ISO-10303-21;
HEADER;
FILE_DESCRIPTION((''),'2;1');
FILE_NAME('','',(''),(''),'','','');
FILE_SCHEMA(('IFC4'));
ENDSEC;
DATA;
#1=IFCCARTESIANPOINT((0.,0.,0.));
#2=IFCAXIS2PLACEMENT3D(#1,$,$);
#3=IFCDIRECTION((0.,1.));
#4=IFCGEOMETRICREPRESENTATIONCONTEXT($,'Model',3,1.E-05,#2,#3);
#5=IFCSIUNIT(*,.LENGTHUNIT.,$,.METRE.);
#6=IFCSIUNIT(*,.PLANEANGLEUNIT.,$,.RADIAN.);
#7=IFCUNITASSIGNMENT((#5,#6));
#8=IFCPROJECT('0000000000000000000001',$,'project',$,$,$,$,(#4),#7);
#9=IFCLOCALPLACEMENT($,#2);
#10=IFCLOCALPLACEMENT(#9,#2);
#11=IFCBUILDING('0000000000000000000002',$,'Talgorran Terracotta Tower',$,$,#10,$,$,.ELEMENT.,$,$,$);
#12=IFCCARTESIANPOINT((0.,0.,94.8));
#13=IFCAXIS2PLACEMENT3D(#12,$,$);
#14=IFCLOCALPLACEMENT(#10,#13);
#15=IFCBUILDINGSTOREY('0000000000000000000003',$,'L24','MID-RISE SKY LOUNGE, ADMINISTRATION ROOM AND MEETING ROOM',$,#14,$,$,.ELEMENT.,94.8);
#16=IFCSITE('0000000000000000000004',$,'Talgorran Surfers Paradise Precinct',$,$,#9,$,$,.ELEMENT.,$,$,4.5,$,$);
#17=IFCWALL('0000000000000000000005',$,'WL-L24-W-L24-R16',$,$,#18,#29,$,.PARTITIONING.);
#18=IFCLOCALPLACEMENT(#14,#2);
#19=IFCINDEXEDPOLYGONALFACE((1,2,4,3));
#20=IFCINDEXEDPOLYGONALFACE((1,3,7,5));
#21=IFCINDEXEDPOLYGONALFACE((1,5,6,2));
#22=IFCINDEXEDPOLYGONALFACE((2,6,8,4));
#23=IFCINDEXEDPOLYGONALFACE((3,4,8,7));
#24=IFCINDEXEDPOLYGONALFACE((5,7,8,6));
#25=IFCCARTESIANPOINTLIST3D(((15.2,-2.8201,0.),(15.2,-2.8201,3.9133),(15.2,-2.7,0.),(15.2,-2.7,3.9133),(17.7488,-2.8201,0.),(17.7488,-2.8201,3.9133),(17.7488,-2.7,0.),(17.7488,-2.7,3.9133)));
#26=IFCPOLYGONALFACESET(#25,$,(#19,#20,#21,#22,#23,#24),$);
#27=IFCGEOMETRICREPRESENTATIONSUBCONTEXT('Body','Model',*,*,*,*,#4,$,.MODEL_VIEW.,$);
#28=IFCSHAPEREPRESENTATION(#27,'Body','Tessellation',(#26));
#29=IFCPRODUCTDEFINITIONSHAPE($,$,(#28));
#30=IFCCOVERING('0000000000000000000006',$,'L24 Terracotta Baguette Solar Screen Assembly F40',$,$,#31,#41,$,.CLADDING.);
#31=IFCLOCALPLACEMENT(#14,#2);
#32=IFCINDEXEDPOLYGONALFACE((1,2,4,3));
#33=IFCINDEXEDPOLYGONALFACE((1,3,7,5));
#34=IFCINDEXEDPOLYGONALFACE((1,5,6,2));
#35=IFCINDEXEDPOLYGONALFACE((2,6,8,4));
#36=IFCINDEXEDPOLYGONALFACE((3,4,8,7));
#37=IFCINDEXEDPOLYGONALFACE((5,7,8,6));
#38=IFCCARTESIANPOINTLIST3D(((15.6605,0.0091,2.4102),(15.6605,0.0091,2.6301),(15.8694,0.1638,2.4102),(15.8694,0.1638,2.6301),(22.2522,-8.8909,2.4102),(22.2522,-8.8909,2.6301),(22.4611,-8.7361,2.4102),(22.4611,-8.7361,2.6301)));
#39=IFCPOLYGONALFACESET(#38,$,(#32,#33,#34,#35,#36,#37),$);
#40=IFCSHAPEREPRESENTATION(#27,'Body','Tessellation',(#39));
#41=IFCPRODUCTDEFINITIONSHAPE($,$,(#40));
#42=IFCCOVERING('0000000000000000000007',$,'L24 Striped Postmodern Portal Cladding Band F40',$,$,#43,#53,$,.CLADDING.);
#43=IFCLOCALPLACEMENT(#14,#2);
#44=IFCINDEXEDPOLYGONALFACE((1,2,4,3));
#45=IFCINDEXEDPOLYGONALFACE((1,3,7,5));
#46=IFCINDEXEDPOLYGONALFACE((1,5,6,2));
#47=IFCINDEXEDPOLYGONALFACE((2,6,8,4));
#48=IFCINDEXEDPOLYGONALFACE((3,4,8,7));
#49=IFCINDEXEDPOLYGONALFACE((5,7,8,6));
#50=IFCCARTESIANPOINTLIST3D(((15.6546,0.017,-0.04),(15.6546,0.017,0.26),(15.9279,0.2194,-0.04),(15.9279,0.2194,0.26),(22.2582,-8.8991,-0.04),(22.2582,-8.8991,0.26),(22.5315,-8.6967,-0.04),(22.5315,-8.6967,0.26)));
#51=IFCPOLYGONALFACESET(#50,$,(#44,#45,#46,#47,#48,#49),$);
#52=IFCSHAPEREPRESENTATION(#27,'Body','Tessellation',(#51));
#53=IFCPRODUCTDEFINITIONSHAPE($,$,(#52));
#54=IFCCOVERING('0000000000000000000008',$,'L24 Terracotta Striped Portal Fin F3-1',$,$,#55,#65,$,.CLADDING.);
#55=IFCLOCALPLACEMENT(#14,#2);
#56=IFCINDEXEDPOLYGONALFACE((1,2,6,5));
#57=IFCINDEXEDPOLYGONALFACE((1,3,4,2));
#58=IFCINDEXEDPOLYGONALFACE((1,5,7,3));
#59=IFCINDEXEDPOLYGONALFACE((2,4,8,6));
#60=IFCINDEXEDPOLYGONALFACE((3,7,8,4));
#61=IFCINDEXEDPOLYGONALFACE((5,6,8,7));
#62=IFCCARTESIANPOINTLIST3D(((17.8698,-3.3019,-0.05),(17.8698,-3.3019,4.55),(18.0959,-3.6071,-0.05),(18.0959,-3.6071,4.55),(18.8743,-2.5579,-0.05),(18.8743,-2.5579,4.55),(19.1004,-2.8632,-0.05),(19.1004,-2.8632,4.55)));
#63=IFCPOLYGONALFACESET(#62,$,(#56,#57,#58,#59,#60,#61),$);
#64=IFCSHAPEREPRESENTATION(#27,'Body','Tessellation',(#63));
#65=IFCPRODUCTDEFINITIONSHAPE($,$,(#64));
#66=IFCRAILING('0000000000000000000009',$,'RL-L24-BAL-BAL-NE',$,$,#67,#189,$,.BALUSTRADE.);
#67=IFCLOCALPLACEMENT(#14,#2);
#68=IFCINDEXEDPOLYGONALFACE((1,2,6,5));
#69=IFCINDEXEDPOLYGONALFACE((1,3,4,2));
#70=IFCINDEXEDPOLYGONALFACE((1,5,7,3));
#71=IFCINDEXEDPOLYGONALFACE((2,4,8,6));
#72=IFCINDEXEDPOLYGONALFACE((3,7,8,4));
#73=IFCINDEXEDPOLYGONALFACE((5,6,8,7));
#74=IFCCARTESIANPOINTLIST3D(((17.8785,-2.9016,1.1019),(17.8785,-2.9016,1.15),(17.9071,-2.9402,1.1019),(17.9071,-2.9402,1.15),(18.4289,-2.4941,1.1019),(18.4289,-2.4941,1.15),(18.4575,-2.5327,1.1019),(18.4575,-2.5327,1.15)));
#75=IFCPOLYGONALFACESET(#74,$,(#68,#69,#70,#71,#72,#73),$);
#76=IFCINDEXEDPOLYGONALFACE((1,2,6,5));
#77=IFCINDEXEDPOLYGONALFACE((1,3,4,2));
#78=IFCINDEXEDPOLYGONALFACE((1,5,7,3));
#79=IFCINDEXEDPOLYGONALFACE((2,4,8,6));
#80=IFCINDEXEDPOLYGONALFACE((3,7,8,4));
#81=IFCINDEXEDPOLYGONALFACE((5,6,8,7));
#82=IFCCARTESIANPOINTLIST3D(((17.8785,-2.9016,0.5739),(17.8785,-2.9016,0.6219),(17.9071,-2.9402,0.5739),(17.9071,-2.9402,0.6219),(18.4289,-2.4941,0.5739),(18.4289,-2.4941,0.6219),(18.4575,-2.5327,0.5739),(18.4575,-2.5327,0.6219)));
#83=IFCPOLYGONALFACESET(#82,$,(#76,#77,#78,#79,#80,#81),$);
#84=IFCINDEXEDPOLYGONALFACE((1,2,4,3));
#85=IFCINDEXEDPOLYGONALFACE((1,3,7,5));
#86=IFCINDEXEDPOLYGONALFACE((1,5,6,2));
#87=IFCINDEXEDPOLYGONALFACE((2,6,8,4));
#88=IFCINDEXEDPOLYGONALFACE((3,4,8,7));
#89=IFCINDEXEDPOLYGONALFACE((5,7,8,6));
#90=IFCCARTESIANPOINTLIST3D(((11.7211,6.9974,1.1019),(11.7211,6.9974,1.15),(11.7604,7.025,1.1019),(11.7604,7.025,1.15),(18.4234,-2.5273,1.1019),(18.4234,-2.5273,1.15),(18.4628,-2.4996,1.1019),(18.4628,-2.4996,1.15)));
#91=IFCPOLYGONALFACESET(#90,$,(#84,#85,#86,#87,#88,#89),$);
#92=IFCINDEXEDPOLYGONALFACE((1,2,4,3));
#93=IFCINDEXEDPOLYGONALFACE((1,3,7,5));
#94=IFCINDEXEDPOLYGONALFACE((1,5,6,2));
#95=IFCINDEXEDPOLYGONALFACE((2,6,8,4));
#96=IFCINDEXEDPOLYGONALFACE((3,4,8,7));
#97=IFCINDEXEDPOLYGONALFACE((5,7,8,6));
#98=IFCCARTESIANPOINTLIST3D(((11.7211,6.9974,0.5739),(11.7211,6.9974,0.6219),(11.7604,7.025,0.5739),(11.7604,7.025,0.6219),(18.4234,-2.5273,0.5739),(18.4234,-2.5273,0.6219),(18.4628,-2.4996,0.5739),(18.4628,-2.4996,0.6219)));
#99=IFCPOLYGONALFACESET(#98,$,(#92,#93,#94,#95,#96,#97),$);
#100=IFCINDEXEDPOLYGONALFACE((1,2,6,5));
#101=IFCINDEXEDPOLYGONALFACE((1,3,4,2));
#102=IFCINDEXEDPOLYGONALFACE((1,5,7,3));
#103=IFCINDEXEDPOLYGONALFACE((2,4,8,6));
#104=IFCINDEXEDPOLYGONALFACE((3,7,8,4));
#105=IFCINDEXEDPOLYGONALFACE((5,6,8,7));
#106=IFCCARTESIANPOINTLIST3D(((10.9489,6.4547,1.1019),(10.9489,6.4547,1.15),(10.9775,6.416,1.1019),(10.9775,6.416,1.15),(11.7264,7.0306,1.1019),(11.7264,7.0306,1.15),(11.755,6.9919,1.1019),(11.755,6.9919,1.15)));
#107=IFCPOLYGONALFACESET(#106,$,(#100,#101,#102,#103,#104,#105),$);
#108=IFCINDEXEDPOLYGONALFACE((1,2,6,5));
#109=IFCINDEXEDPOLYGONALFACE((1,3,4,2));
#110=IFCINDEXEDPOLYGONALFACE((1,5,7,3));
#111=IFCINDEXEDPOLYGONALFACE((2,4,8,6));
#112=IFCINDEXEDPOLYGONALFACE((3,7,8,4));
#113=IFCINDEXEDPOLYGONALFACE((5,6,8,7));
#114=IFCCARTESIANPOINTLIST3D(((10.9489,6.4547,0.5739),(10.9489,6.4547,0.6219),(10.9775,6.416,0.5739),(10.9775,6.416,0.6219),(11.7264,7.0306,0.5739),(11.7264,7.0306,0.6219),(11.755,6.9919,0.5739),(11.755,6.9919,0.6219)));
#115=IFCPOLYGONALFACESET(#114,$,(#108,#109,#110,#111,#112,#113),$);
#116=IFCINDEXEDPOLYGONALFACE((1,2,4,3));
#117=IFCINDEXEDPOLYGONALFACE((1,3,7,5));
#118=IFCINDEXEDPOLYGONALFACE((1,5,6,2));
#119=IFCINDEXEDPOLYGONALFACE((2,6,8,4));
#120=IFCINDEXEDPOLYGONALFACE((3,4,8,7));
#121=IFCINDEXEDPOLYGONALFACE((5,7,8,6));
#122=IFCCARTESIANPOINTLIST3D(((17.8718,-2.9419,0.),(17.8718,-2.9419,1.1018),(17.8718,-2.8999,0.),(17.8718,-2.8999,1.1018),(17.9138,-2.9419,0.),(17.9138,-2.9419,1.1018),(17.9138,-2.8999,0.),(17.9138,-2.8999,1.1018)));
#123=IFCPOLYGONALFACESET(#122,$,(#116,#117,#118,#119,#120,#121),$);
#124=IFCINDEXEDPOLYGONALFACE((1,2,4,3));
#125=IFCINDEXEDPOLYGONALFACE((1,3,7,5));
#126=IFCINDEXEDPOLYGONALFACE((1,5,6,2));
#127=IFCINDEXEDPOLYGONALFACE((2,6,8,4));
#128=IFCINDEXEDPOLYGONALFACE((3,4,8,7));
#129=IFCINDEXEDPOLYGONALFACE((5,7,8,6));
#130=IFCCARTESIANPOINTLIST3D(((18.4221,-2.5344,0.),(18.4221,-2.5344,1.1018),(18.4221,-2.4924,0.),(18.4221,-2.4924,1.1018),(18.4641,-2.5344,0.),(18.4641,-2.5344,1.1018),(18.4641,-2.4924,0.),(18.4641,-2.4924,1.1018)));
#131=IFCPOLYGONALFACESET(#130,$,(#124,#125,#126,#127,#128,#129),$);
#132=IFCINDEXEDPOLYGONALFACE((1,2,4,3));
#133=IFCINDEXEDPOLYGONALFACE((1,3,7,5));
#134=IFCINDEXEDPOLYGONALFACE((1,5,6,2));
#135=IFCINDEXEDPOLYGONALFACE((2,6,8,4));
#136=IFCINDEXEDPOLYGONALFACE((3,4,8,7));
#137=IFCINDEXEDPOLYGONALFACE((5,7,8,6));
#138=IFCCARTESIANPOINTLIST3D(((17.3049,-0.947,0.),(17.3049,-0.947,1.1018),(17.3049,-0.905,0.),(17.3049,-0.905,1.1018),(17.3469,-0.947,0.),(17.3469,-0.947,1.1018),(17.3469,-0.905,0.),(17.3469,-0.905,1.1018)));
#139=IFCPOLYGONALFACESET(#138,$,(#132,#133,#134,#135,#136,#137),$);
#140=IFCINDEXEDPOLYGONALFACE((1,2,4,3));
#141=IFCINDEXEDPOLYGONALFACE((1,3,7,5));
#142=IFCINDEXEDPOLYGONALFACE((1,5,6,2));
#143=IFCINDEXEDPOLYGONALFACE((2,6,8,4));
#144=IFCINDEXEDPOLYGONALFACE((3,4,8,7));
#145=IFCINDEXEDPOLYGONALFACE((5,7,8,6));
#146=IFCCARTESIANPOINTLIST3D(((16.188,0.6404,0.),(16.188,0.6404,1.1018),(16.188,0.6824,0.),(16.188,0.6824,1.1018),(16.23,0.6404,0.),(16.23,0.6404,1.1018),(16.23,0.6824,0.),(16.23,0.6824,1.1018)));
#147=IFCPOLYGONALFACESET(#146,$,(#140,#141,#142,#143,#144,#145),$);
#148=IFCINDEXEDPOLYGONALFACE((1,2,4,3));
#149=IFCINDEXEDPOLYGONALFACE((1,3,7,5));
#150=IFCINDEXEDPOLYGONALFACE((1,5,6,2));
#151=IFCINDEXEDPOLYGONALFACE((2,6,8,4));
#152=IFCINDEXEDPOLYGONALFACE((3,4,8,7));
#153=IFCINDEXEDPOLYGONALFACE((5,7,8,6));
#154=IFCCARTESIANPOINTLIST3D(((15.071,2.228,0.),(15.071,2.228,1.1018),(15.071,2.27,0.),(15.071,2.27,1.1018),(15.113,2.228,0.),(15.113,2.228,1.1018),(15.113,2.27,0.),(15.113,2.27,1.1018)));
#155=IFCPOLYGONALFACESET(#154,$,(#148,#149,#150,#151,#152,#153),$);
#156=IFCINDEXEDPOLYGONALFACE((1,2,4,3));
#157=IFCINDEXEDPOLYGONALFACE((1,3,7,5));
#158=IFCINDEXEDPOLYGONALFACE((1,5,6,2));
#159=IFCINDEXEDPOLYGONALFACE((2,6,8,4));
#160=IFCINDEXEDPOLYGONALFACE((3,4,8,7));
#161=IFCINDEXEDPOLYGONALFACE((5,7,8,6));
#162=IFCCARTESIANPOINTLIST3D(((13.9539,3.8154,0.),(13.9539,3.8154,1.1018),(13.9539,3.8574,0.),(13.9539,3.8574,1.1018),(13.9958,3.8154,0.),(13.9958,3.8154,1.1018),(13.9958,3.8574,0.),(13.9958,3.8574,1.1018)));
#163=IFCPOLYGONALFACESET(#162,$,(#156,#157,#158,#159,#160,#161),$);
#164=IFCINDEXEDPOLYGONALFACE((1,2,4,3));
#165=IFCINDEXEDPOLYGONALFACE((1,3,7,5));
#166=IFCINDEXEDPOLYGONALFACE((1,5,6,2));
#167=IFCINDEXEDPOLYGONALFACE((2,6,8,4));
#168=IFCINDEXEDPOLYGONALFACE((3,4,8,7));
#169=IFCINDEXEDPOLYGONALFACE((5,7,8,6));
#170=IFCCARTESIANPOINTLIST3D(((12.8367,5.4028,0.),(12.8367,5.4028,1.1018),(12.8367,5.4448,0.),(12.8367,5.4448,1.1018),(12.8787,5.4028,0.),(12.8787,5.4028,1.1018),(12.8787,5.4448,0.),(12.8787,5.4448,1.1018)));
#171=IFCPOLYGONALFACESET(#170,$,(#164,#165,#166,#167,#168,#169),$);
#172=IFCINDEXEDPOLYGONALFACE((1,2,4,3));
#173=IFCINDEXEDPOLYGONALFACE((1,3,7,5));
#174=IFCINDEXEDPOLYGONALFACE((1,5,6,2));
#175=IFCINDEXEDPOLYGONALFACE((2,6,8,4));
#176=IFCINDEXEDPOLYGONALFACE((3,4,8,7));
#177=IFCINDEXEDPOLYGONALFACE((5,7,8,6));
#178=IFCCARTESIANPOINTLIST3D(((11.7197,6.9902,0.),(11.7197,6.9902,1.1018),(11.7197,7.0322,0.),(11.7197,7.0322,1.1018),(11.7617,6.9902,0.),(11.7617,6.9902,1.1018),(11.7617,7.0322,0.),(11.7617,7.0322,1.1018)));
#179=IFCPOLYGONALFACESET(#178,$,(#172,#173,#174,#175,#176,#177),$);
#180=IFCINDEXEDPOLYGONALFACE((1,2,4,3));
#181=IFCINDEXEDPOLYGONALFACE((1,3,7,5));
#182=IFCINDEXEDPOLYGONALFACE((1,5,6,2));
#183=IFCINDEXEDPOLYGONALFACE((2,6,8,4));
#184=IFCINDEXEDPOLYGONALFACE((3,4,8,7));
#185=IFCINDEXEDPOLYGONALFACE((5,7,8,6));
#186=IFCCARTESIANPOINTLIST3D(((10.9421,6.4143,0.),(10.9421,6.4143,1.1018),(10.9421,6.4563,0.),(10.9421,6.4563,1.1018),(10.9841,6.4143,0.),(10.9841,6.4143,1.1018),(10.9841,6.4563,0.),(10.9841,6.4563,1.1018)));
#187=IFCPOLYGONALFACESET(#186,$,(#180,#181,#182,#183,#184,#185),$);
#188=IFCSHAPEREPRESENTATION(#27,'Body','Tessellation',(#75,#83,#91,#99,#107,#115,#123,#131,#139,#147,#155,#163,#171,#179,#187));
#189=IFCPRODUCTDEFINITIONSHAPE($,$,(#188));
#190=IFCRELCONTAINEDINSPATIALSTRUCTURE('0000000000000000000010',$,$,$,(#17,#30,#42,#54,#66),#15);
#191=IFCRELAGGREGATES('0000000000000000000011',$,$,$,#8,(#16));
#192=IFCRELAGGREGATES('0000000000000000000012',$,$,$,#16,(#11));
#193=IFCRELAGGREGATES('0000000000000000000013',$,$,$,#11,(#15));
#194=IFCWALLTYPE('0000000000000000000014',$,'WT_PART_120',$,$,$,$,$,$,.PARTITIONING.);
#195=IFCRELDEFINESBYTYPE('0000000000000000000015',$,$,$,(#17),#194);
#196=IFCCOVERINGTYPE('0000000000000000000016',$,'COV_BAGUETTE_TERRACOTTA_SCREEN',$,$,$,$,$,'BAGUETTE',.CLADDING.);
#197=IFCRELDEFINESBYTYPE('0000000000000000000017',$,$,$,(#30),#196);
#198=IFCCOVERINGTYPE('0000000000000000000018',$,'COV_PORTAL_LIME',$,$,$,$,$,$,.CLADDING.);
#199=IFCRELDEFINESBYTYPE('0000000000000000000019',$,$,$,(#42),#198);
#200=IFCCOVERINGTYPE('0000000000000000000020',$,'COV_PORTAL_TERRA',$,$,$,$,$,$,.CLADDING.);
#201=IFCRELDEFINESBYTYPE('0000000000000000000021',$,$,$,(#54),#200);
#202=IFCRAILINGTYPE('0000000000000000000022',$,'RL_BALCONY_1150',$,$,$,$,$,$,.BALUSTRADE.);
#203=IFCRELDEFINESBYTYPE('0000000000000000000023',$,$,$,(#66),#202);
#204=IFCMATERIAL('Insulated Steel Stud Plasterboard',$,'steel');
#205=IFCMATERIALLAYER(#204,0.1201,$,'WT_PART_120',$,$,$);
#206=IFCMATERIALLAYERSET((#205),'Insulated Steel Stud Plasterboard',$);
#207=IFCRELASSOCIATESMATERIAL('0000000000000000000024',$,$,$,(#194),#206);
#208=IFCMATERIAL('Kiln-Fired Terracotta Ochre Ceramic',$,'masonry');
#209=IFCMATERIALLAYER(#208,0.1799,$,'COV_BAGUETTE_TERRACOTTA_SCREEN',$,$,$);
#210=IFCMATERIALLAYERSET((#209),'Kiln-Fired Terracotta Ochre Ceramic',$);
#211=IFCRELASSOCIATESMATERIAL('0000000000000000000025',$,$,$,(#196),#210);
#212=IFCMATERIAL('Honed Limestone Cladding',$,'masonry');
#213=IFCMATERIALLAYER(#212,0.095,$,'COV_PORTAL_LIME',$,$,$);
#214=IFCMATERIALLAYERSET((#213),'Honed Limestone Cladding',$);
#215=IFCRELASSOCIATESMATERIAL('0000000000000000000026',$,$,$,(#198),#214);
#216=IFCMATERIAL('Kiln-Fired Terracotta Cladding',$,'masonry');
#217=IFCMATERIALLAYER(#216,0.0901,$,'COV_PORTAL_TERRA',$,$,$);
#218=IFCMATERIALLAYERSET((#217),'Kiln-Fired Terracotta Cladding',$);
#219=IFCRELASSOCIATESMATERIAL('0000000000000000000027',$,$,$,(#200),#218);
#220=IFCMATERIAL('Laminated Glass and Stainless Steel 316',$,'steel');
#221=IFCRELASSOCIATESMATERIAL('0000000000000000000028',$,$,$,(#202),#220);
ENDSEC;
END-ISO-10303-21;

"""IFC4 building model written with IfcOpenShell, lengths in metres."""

from ifc_helpers import new_model, si_unit, direction, frame, frame_2d, origin, origin_2d, place, context, subcontext, project, spatial, rectangle, extrude, material, layer, layer_set, type_object, element, save


model = new_model("IFC4")

# Units and contexts
model_context = context("Model", 3, precision=1e-05, world=origin(), true_north=direction((0.0, 1.0)))
body_context = subcontext(model_context, "Body", "Model", "MODEL_VIEW")
ifc_project = project(units=[si_unit("LENGTHUNIT", "METRE"), si_unit("PLANEANGLEUNIT", "RADIAN")], contexts=[model_context])

# Site, building, storey
site_placement = place(None, origin())
site = spatial("IfcSite", under=ifc_project, at=site_placement, Name="Talgorran Surfers Paradise Precinct", CompositionType="ELEMENT", RefElevation=4.5)
building_placement = place(site_placement, origin())
building = spatial("IfcBuilding", under=site, at=building_placement, Name="Talgorran Terracotta Tower", CompositionType="ELEMENT")
storey_placement = place(building_placement, frame((0.0, 0.0, 94.8)))
storey = spatial("IfcBuildingStorey", under=building, at=storey_placement, Name="L24", Description="MID-RISE SKY LOUNGE, ADMINISTRATION ROOM AND MEETING ROOM", CompositionType="ELEMENT", Elevation=94.8)

# Wall
ifc_material_1 = material(Name="Insulated Steel Stud Plasterboard", Category="steel")
ifc_layer_1 = layer(ifc_material_1, 0.1201, Name="WT_PART_120")
ifc_layer_set_1 = layer_set([ifc_layer_1], Name="Insulated Steel Stud Plasterboard")
wall_type_1 = type_object("IfcWallType", Name="WT_PART_120", PredefinedType="PARTITIONING", material=ifc_layer_set_1)
wall_1_placement = place(storey_placement, frame((15.2, -2.76, 0.0), z_axis=(0.0, 0.0, 1.0), x_axis=(1.0, 0.0, 0.0)))
element("IfcWall", 1, at=wall_1_placement, inside=storey, type_object=wall_type_1, Name="WL-L24-W-L24-R16", PredefinedType="PARTITIONING", context=body_context, shape_type="SweptSolid", body=[
    extrude(rectangle(XDim=2.5488, YDim=0.1201, at=frame_2d((1.2744, 0.0))), origin(), (0.0, 0.0, 1.0), 3.9133),
])

# Coverings
ifc_material_2 = material(Name="Kiln-Fired Terracotta Ochre Ceramic", Category="masonry")
ifc_layer_2 = layer(ifc_material_2, 0.1799, Name="COV_BAGUETTE_TERRACOTTA_SCREEN")
ifc_layer_set_2 = layer_set([ifc_layer_2], Name="Kiln-Fired Terracotta Ochre Ceramic")
covering_type_1 = type_object("IfcCoveringType", Name="COV_BAGUETTE_TERRACOTTA_SCREEN", ElementType="BAGUETTE", PredefinedType="CLADDING", material=ifc_layer_set_2)
covering_1_placement = place(storey_placement, frame((19.0608, -4.3635, 2.4102), z_axis=(0.0, 0.0, 1.0), x_axis=(-0.595173, 0.803597, 0.0)))
element("IfcCovering", 2, at=covering_1_placement, inside=storey, type_object=covering_type_1, Name="L24 Terracotta Baguette Solar Screen Assembly F40", PredefinedType="CLADDING", context=body_context, shape_type="SweptSolid", body=[
    extrude(rectangle(XDim=11.0752, YDim=0.26, at=origin_2d()), origin(), (0.0, 0.0, 1.0), 0.22),
])
ifc_material_3 = material(Name="Honed Limestone Cladding", Category="masonry")
ifc_layer_3 = layer(ifc_material_3, 0.095, Name="COV_PORTAL_LIME")
ifc_layer_set_3 = layer_set([ifc_layer_3], Name="Honed Limestone Cladding")
covering_type_2 = type_object("IfcCoveringType", Name="COV_PORTAL_LIME", PredefinedType="CLADDING", material=ifc_layer_set_3)
covering_2_placement = place(storey_placement, frame((19.093, -4.3398, -0.04), z_axis=(0.0, 0.0, 1.0), x_axis=(-0.595173, 0.803597, 0.0)))
element("IfcCovering", 3, at=covering_2_placement, inside=storey, type_object=covering_type_2, Name="L24 Striped Postmodern Portal Cladding Band F40", PredefinedType="CLADDING", context=body_context, shape_type="SweptSolid", body=[
    extrude(rectangle(XDim=11.0952, YDim=0.3401, at=origin_2d()), origin(), (0.0, 0.0, 1.0), 0.3),
])
ifc_material_4 = material(Name="Kiln-Fired Terracotta Cladding", Category="masonry")
ifc_layer_4 = layer(ifc_material_4, 0.0901, Name="COV_PORTAL_TERRA")
ifc_layer_set_4 = layer_set([ifc_layer_4], Name="Kiln-Fired Terracotta Cladding")
covering_type_3 = type_object("IfcCoveringType", Name="COV_PORTAL_TERRA", PredefinedType="CLADDING", material=ifc_layer_set_4)
covering_3_placement = place(storey_placement, frame((18.4851, -3.0825, -0.05), z_axis=(0.0, 0.0, 1.0), x_axis=(-0.595173, 0.803597, 0.0)))
element("IfcCovering", 4, at=covering_3_placement, inside=storey, type_object=covering_type_3, Name="L24 Terracotta Striped Portal Fin F3-1", PredefinedType="CLADDING", context=body_context, shape_type="SweptSolid", body=[
    extrude(rectangle(XDim=0.3799, YDim=1.25, at=origin_2d()), origin(), (0.0, 0.0, 1.0), 4.6001),
])

# Railing
ifc_material_5 = material(Name="Laminated Glass and Stainless Steel 316", Category="steel")
railing_type = type_object("IfcRailingType", Name="RL_BALCONY_1150", PredefinedType="BALUSTRADE", material=ifc_material_5)
railing_placement = place(storey_placement, frame((17.8928, -2.9209, 0.0)))
element("IfcRailing", 5, at=railing_placement, inside=storey, type_object=railing_type, Name="RL-L24-BAL-BAL-NE", PredefinedType="BALUSTRADE", context=body_context, shape_type="SweptSolid", body=[
    extrude(rectangle(XDim=0.0481, YDim=0.0481, at=origin_2d()), frame((0.0, 0.0, 1.126), z_axis=(0.803665, 0.595083, 0.0), x_axis=(-0.595083, 0.803665, 0.0)), (0.0, 0.0, 1.0), 0.6848),
    extrude(rectangle(XDim=0.0481, YDim=0.0481, at=origin_2d()), frame((0.0, 0.0, 0.5979), z_axis=(0.803665, 0.595083, 0.0), x_axis=(-0.595083, 0.803665, 0.0)), (0.0, 0.0, 1.0), 0.6848),
    extrude(rectangle(XDim=0.0481, YDim=0.0481, at=origin_2d()), frame((0.5503, 0.4075, 1.126), z_axis=(-0.575485, 0.817812, 0.0), x_axis=(-0.817812, -0.575485, 0.0)), (0.0, 0.0, 1.0), 11.6465),
    extrude(rectangle(XDim=0.0481, YDim=0.0481, at=origin_2d()), frame((0.5503, 0.4075, 0.5979), z_axis=(-0.575485, 0.817812, 0.0), x_axis=(-0.817812, -0.575485, 0.0)), (0.0, 0.0, 1.0), 11.6465),
    extrude(rectangle(XDim=0.0481, YDim=0.0481, at=origin_2d()), frame((-6.1521, 9.9321, 1.126), z_axis=(-0.803588, -0.595185, 0.0), x_axis=(0.595185, -0.803588, 0.0)), (0.0, 0.0, 1.0), 0.9675),
    extrude(rectangle(XDim=0.0481, YDim=0.0481, at=origin_2d()), frame((-6.1521, 9.9321, 0.5979), z_axis=(-0.803588, -0.595185, 0.0), x_axis=(0.595185, -0.803588, 0.0)), (0.0, 0.0, 1.0), 0.9675),
    extrude(rectangle(XDim=0.042, YDim=0.042, at=origin_2d()), origin(), (0.0, 0.0, 1.0), 1.1018),
    extrude(rectangle(XDim=0.042, YDim=0.042, at=origin_2d()), frame((0.5503, 0.4075, 0.0)), (0.0, 0.0, 1.0), 1.1018),
    extrude(rectangle(XDim=0.042, YDim=0.042, at=origin_2d()), frame((-0.5669, 1.9949, 0.0)), (0.0, 0.0, 1.0), 1.1018),
    extrude(rectangle(XDim=0.042, YDim=0.042, at=origin_2d()), frame((-1.6838, 3.5823, 0.0)), (0.0, 0.0, 1.0), 1.1018),
    extrude(rectangle(XDim=0.042, YDim=0.042, at=origin_2d()), frame((-2.8008, 5.1699, 0.0)), (0.0, 0.0, 1.0), 1.1018),
    extrude(rectangle(XDim=0.042, YDim=0.042, at=origin_2d()), frame((-3.918, 6.7573, 0.0)), (0.0, 0.0, 1.0), 1.1018),
    extrude(rectangle(XDim=0.042, YDim=0.042, at=origin_2d()), frame((-5.0352, 8.3447, 0.0)), (0.0, 0.0, 1.0), 1.1018),
    extrude(rectangle(XDim=0.042, YDim=0.042, at=origin_2d()), frame((-6.1521, 9.9321, 0.0)), (0.0, 0.0, 1.0), 1.1018),
    extrude(rectangle(XDim=0.042, YDim=0.042, at=origin_2d()), frame((-6.9297, 9.3562, 0.0)), (0.0, 0.0, 1.0), 1.1018),
])

save(model, "model.ifc")
